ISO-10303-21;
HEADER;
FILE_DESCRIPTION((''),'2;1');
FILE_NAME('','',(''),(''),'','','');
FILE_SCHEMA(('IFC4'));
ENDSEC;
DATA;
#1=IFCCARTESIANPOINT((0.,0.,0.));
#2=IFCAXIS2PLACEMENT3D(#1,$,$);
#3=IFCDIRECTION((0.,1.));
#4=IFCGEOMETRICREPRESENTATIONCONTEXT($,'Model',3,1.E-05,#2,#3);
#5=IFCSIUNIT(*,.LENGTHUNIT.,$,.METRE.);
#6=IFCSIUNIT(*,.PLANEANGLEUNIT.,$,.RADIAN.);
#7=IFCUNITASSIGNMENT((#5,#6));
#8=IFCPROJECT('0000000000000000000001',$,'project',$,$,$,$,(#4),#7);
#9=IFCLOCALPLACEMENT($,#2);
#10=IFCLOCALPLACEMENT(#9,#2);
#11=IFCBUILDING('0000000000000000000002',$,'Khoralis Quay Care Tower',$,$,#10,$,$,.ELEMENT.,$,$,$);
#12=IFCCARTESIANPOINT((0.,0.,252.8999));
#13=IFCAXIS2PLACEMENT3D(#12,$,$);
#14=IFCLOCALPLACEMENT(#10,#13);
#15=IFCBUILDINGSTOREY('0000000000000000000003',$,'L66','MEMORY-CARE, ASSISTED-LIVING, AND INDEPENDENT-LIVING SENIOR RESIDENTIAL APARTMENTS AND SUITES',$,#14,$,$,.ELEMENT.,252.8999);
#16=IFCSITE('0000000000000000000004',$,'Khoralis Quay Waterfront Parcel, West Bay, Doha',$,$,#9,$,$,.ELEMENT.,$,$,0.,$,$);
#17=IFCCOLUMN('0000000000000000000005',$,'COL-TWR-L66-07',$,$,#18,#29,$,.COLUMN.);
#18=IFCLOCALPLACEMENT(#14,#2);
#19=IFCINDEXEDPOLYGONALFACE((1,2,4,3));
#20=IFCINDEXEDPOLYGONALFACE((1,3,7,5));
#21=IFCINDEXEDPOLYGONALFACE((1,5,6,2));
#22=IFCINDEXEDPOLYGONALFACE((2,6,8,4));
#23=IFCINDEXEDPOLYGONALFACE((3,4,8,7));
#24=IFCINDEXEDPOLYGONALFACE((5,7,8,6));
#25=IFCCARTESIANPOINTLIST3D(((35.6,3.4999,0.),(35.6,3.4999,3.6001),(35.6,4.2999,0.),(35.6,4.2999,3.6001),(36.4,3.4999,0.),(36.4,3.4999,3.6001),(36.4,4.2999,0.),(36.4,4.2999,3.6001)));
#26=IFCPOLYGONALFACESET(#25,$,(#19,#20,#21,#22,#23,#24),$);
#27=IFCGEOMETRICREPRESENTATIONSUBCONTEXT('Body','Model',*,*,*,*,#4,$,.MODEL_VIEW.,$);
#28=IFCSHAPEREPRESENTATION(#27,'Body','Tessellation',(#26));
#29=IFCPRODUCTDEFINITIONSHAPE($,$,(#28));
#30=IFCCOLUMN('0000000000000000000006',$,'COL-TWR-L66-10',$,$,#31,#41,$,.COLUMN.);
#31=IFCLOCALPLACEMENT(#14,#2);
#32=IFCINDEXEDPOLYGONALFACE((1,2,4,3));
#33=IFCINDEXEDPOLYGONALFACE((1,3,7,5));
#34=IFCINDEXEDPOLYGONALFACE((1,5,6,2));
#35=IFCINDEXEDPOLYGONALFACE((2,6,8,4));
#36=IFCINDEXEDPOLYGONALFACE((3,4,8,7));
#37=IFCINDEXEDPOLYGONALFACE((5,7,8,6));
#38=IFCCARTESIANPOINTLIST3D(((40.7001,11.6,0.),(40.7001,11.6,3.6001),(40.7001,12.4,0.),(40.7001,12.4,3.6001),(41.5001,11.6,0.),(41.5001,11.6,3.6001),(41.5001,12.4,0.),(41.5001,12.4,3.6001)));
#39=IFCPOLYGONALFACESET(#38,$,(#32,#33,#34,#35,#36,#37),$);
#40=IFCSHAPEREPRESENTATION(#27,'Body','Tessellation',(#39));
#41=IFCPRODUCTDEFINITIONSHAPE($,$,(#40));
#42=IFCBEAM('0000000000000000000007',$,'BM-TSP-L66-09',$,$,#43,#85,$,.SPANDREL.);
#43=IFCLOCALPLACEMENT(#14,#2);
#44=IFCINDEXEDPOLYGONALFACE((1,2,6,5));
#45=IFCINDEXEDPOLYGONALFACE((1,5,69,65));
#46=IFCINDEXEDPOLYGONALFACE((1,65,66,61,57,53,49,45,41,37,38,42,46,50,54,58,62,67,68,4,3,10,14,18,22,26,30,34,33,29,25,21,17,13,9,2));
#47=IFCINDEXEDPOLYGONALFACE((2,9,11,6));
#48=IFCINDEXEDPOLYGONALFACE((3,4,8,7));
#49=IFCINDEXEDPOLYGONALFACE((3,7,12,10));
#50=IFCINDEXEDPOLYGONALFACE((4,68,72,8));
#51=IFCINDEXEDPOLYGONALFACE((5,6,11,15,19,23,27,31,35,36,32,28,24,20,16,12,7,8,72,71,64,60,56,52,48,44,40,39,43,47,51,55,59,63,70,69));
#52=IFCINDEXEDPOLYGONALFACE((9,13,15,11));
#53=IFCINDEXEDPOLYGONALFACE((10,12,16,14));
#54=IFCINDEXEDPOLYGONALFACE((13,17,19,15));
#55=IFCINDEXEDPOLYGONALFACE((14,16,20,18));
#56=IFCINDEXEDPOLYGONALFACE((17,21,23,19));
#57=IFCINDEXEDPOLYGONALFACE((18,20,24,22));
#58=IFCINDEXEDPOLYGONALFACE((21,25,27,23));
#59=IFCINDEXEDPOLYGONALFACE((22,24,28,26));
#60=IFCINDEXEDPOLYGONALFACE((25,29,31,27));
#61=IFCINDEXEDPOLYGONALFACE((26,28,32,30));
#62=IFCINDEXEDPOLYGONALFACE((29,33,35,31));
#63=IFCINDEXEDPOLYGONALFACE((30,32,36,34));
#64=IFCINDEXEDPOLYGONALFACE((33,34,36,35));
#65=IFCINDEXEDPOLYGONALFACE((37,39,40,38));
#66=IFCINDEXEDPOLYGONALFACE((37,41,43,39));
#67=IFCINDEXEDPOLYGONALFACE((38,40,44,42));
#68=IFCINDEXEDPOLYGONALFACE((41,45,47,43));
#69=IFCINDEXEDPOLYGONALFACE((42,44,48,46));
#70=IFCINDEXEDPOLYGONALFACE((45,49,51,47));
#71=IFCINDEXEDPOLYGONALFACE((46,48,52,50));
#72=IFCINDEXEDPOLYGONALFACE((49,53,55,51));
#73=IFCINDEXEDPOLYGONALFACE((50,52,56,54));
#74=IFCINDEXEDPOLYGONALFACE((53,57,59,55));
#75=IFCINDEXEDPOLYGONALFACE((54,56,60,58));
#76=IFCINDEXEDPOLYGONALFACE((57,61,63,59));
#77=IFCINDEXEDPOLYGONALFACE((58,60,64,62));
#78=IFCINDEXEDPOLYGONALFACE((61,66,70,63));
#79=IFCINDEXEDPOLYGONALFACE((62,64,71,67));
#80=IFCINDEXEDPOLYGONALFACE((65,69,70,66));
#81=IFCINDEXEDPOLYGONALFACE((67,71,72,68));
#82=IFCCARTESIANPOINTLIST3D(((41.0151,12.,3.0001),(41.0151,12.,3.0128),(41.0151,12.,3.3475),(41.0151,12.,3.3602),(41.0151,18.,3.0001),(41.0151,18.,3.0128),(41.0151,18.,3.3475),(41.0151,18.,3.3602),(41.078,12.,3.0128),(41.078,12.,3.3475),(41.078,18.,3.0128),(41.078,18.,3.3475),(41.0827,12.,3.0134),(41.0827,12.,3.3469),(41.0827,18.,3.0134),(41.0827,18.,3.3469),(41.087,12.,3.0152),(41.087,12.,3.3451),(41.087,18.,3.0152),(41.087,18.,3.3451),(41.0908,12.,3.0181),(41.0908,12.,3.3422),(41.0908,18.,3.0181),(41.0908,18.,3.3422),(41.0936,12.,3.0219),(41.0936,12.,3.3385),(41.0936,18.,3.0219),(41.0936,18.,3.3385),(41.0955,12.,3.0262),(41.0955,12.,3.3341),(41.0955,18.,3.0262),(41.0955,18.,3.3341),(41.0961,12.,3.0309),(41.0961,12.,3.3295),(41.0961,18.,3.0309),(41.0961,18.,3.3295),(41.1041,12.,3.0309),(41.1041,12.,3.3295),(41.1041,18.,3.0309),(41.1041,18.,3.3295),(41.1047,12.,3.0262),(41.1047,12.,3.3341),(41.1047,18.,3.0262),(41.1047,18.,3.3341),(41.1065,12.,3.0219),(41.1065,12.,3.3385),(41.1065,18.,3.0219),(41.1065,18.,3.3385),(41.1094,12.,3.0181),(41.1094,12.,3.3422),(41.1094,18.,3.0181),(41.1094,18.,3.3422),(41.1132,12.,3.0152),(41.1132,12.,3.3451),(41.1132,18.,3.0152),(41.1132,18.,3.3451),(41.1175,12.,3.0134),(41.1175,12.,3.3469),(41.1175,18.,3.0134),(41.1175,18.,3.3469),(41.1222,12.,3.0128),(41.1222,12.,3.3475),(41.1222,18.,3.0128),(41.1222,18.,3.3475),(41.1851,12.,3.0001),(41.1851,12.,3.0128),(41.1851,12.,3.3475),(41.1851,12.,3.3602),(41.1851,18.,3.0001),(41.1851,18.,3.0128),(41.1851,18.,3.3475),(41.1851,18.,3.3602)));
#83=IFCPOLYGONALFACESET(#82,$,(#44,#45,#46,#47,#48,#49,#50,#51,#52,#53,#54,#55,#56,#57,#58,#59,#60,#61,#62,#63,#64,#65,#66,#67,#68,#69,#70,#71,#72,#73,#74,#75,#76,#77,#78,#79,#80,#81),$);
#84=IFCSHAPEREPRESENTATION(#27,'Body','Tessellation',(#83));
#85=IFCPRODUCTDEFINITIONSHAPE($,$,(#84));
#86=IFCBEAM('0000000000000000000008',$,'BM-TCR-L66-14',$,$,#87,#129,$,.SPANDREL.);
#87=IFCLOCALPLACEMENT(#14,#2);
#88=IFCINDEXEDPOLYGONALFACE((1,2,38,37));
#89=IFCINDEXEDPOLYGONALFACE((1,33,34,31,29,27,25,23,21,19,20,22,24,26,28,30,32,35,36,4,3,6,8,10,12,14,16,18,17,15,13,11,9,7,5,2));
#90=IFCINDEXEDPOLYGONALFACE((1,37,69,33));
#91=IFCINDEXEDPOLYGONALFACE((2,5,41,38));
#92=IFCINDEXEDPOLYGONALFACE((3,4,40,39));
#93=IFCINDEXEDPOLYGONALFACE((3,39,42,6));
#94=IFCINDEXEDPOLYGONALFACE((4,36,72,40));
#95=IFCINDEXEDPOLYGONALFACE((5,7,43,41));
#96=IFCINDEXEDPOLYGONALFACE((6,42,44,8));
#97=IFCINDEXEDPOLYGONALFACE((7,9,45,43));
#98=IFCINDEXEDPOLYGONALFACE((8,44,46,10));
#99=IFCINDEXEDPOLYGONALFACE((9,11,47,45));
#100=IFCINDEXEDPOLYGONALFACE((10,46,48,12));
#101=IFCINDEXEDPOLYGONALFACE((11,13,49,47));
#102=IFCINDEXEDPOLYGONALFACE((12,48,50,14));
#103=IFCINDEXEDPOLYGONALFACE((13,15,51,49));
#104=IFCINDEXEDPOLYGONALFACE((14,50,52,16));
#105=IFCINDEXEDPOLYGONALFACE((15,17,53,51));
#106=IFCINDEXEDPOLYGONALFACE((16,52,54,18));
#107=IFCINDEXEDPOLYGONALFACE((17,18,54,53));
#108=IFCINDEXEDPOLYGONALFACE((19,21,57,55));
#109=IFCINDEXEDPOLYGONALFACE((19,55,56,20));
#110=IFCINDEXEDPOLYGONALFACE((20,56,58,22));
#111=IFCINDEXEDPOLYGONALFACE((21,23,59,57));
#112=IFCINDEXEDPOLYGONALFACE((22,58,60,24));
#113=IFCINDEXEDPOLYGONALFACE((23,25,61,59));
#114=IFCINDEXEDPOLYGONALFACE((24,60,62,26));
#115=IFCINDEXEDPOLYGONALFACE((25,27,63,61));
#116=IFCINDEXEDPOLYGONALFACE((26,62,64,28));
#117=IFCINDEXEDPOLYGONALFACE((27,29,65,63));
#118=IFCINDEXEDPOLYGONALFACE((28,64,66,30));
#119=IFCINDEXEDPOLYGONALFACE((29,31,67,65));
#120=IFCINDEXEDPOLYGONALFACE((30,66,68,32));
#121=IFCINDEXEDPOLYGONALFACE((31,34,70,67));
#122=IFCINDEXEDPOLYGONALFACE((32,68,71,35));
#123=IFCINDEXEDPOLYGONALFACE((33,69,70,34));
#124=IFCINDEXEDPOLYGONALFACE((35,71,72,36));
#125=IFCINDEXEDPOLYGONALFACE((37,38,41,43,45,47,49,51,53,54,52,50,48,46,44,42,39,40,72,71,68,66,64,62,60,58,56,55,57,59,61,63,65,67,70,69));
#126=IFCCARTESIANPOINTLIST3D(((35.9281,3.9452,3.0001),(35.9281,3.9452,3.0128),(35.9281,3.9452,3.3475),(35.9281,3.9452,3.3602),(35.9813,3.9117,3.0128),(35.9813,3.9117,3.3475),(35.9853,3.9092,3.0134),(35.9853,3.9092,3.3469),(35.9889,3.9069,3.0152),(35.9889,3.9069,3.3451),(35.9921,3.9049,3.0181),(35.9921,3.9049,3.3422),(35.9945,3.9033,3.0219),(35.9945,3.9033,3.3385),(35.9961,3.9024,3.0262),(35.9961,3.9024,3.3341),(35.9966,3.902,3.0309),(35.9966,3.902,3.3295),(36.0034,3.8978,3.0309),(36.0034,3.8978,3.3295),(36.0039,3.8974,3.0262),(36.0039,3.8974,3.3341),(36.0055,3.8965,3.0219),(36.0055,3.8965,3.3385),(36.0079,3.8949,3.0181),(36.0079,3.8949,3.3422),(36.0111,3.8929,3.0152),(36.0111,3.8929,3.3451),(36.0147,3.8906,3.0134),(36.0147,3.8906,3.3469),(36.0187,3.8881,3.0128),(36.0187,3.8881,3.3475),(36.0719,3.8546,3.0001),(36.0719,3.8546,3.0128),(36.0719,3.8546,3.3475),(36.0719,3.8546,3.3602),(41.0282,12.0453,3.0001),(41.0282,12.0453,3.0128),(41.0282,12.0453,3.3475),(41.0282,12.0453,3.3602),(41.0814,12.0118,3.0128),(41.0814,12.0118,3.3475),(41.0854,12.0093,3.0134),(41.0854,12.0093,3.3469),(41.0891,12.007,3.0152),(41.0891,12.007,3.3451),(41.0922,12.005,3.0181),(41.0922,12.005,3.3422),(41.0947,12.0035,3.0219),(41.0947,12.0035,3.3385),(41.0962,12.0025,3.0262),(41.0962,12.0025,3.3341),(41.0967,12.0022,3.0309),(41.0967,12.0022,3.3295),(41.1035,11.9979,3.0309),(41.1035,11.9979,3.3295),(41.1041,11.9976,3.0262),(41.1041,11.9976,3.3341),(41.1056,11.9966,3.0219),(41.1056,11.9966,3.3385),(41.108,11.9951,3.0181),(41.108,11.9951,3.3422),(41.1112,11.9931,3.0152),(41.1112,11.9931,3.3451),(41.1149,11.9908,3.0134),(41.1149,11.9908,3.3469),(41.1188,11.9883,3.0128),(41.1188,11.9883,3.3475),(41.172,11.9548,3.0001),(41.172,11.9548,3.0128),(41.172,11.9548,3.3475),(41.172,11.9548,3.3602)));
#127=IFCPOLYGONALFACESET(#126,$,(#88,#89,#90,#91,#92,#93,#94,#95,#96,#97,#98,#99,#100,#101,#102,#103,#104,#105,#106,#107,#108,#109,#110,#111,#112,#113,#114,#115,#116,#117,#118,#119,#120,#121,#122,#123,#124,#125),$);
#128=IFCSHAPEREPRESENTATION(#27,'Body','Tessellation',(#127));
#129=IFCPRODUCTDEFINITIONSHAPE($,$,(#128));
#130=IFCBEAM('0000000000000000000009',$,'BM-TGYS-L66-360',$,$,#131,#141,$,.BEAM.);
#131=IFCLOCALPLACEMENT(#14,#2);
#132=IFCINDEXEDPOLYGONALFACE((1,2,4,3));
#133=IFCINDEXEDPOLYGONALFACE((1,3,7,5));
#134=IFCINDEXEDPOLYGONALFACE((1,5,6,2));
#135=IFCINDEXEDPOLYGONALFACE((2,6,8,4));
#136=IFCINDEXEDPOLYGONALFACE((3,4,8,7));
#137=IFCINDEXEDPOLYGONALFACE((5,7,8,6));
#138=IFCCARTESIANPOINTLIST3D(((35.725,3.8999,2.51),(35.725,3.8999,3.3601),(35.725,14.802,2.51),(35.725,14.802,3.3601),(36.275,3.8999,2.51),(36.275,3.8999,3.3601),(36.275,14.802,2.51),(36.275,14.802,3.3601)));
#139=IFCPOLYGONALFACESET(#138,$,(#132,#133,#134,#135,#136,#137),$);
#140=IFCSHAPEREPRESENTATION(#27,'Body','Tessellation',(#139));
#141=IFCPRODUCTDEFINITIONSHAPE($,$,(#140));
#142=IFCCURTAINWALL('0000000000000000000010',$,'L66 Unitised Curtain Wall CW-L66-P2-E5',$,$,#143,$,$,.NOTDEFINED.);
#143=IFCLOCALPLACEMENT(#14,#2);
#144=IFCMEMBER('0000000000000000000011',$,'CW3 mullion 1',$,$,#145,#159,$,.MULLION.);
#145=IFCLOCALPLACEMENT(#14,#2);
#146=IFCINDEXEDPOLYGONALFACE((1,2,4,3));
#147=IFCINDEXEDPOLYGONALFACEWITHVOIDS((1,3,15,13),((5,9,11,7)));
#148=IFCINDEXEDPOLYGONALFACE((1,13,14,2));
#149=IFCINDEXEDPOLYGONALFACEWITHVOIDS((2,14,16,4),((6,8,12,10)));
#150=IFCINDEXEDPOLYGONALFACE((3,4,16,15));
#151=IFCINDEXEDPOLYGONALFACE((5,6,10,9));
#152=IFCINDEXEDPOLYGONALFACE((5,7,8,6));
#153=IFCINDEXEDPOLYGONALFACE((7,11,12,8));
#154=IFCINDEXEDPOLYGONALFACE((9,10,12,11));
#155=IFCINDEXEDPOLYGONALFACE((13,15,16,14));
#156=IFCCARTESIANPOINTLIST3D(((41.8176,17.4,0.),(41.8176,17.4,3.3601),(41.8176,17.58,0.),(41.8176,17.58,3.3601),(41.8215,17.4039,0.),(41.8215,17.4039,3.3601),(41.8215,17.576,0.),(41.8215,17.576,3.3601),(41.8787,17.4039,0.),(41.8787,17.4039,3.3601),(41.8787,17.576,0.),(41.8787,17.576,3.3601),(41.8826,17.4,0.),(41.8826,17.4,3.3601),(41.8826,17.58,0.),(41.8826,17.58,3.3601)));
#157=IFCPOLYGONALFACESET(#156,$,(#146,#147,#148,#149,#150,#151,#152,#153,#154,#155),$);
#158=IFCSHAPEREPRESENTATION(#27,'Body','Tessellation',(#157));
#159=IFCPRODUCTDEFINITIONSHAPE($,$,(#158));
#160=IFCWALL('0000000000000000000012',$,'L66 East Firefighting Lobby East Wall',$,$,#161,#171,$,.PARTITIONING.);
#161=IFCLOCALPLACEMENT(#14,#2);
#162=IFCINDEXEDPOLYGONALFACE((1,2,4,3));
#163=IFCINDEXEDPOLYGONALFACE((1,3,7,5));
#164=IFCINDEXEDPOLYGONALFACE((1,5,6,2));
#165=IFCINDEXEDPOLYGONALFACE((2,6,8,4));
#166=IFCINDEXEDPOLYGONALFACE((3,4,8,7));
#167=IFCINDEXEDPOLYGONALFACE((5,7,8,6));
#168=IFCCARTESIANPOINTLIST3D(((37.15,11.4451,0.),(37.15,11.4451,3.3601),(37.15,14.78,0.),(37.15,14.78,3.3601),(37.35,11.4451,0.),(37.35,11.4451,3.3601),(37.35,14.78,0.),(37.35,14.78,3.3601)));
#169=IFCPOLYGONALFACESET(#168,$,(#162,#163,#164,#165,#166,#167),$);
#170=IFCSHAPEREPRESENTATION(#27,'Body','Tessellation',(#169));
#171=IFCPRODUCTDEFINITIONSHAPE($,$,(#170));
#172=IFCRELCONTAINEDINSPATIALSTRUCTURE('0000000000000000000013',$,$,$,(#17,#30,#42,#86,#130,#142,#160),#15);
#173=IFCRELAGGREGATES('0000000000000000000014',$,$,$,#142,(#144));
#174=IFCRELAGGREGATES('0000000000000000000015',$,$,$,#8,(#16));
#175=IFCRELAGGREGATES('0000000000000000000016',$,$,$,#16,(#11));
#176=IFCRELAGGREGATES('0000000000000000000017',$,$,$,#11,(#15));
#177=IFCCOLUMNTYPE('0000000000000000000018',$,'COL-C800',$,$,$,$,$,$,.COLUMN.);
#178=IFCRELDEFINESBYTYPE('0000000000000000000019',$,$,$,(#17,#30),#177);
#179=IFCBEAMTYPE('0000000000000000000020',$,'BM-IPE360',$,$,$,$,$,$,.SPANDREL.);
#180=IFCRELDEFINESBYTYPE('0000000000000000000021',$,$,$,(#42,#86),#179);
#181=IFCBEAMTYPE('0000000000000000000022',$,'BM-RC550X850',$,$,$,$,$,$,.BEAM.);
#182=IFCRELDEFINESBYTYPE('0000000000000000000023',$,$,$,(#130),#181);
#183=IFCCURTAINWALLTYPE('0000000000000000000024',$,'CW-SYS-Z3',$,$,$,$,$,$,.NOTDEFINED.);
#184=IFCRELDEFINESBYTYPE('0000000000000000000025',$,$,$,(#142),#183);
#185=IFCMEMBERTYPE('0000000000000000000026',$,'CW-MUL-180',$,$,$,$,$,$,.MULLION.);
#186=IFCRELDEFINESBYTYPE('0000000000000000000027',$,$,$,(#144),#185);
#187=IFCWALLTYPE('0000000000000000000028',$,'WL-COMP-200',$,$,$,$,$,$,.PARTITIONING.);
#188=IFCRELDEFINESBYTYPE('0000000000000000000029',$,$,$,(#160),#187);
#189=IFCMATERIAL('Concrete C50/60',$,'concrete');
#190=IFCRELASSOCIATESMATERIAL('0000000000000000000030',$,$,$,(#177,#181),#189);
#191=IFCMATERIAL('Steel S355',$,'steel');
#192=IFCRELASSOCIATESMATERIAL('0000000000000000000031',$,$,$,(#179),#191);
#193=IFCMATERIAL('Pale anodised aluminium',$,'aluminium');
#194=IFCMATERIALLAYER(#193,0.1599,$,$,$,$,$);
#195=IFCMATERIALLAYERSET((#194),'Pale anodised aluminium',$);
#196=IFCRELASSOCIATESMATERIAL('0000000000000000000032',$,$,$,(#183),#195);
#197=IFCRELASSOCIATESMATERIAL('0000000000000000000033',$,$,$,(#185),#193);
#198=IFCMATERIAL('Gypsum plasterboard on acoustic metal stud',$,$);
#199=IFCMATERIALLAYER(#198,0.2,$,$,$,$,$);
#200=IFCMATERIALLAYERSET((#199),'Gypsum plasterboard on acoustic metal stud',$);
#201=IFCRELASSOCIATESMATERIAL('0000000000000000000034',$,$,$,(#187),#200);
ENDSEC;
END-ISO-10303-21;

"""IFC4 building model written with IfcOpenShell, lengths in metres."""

from ifc_helpers import new_model, si_unit, direction, frame, frame_2d, origin, origin_2d, place, context, subcontext, project, spatial, rectangle, hollow_rectangle, i_section, extrude, source, transform, mapped, material, layer, layer_set, material_profile, profile_set, type_object, element, aggregate, save


model = new_model("IFC4")

# Units and contexts
model_context = context("Model", 3, precision=1e-05, world=origin(), true_north=direction((0.0, 1.0)))
body_context = subcontext(model_context, "Body", "Model", "MODEL_VIEW")
ifc_project = project(units=[si_unit("LENGTHUNIT", "METRE"), si_unit("PLANEANGLEUNIT", "RADIAN")], contexts=[model_context])

# Site, building, storey
site_placement = place(None, origin())
site = spatial("IfcSite", under=ifc_project, at=site_placement, Name="Khoralis Quay Waterfront Parcel, West Bay, Doha", CompositionType="ELEMENT", RefElevation=0.0)
building_placement = place(site_placement, origin())
building = spatial("IfcBuilding", under=site, at=building_placement, Name="Khoralis Quay Care Tower", CompositionType="ELEMENT")
storey_placement = place(building_placement, frame((0.0, 0.0, 252.8999)))
storey = spatial("IfcBuildingStorey", under=building, at=storey_placement, Name="L66", Description="MEMORY-CARE, ASSISTED-LIVING, AND INDEPENDENT-LIVING SENIOR RESIDENTIAL APARTMENTS AND SUITES", CompositionType="ELEMENT", Elevation=252.8999)

# Columns
ifc_material_1 = material(Name="Concrete C50/60", Category="concrete")
ifc_material_profile_1 = material_profile(ifc_material_1, rectangle(XDim=0.8, YDim=0.8, at=origin_2d()), Name="Concrete C50/60")
ifc_profile_set_1 = profile_set([ifc_material_profile_1], Name="Concrete C50/60")
column_type = type_object("IfcColumnType", Name="COL-C800", PredefinedType="COLUMN", material=ifc_profile_set_1)
shared_shape_1 = source(origin(), body_context, "Body", "SweptSolid", [
    extrude(rectangle(XDim=0.8, YDim=0.8, at=origin_2d()), origin(), (0.0, 0.0, 1.0), 3.6001),
])
for number, where, z_axis, x_axis, name in (
    (1, (36.0, 3.8999, 0.0), (0.0, 0.0, 1.0), (1.0, 0.0, 0.0), "COL-TWR-L66-07"),
    (2, (41.1001, 12.0, 0.0), (0.0, 0.0, 1.0), (1.0, 0.0, 0.0), "COL-TWR-L66-10"),
):
    element("IfcColumn", number, at=place(storey_placement, frame(where, z_axis=z_axis, x_axis=x_axis)), inside=storey, type_object=column_type, Name=name, PredefinedType="COLUMN", context=body_context, shape_type="MappedRepresentation", body=[
        mapped(shared_shape_1, transform((0.0, 0.0, 0.0), scale=1.0)),
    ])

# Beams
ifc_material_2 = material(Name="Steel S355", Category="steel")
ifc_material_profile_2 = material_profile(ifc_material_2, i_section(OverallWidth=0.1699, OverallDepth=0.3601, WebThickness=0.0081, FlangeThickness=0.0127, FilletRadius=0.0181, at=origin_2d()), Name="Steel S355")
ifc_profile_set_2 = profile_set([ifc_material_profile_2], Name="Steel S355")
beam_type_1 = type_object("IfcBeamType", Name="BM-IPE360", PredefinedType="SPANDREL", material=ifc_profile_set_2)
shared_shape_2 = source(origin(), body_context, "Body", "SweptSolid", [
    extrude(i_section(OverallWidth=0.1699, OverallDepth=0.3601, WebThickness=0.0081, FlangeThickness=0.0127, FilletRadius=0.0181, at=origin_2d()), origin(), (0.0, 0.0, 1.0), 6.0),
])
beam_1_placement = place(storey_placement, frame((41.1001, 12.0, 3.1802), z_axis=(0.0, 1.0, 0.0), x_axis=(-1.0, 0.0, 0.0)))
element("IfcBeam", 3, at=beam_1_placement, inside=storey, type_object=beam_type_1, Name="BM-TSP-L66-09", PredefinedType="SPANDREL", context=body_context, shape_type="MappedRepresentation", body=[
    mapped(shared_shape_2, transform((0.0, 0.0, 0.0), scale=1.0)),
])
shared_shape_3 = source(origin(), body_context, "Body", "SweptSolid", [
    extrude(i_section(OverallWidth=0.1699, OverallDepth=0.3601, WebThickness=0.0081, FlangeThickness=0.0127, FilletRadius=0.0181, at=origin_2d()), origin(), (0.0, 0.0, 1.0), 9.572),
])
beam_2_placement = place(storey_placement, frame((36.0, 3.8999, 3.1802), z_axis=(0.532816, 0.846231, 0.0), x_axis=(-0.846231, 0.532816, 0.0)))
element("IfcBeam", 4, at=beam_2_placement, inside=storey, type_object=beam_type_1, Name="BM-TCR-L66-14", PredefinedType="SPANDREL", context=body_context, shape_type="MappedRepresentation", body=[
    mapped(shared_shape_3, transform((0.0, 0.0, 0.0), scale=1.0)),
])
ifc_material_profile_3 = material_profile(ifc_material_1, rectangle(XDim=0.55, YDim=0.8501, at=origin_2d()), Name="Concrete C50/60")
ifc_profile_set_3 = profile_set([ifc_material_profile_3], Name="Concrete C50/60")
beam_type_2 = type_object("IfcBeamType", Name="BM-RC550X850", PredefinedType="BEAM", material=ifc_profile_set_3)
shared_shape_4 = source(origin(), body_context, "Body", "SweptSolid", [
    extrude(rectangle(XDim=0.55, YDim=0.8501, at=origin_2d()), origin(), (0.0, 0.0, 1.0), 10.9021),
])
beam_3_placement = place(storey_placement, frame((36.0, 3.8999, 2.9351), z_axis=(0.0, 1.0, 0.0), x_axis=(-1.0, 0.0, 0.0)))
element("IfcBeam", 5, at=beam_3_placement, inside=storey, type_object=beam_type_2, Name="BM-TGYS-L66-360", PredefinedType="BEAM", context=body_context, shape_type="MappedRepresentation", body=[
    mapped(shared_shape_4, transform((0.0, 0.0, 0.0), scale=1.0)),
])

# Curtain wall, member
ifc_material_3 = material(Name="Pale anodised aluminium", Category="aluminium")
ifc_layer_1 = layer(ifc_material_3, 0.1599)
ifc_layer_set_1 = layer_set([ifc_layer_1], Name="Pale anodised aluminium")
curtain_wall_type = type_object("IfcCurtainWallType", Name="CW-SYS-Z3", PredefinedType="NOTDEFINED", material=ifc_layer_set_1)
curtain_wall_placement = place(storey_placement, origin())
curtain_wall = element("IfcCurtainWall", 6, at=curtain_wall_placement, inside=storey, type_object=curtain_wall_type, Name="L66 Unitised Curtain Wall CW-L66-P2-E5", PredefinedType="NOTDEFINED")
ifc_material_profile_4 = material_profile(ifc_material_3, hollow_rectangle(XDim=0.0649, YDim=0.1799, WallThickness=0.0039, at=origin_2d()), Name="Pale anodised aluminium")
ifc_profile_set_4 = profile_set([ifc_material_profile_4], Name="Pale anodised aluminium")
member_type = type_object("IfcMemberType", Name="CW-MUL-180", PredefinedType="MULLION", material=ifc_profile_set_4)
shared_shape_5 = source(origin(), body_context, "Body", "SweptSolid", [
    extrude(hollow_rectangle(XDim=0.0649, YDim=0.1799, WallThickness=0.0039, at=origin_2d()), origin(), (0.0, 0.0, 1.0), 3.3601),
])
member_placement = place(storey_placement, frame((41.8501, 17.49, 0.0), z_axis=(0.0, 0.0, 1.0), x_axis=(-1.0, 0.0, 0.0)))
member = element("IfcMember", 7, at=member_placement, type_object=member_type, Name="CW3 mullion 1", PredefinedType="MULLION", context=body_context, shape_type="MappedRepresentation", body=[
    mapped(shared_shape_5, transform((0.0, 0.0, 0.0), scale=1.0)),
])
aggregate(curtain_wall, [member])

# Wall
ifc_material_4 = material(Name="Gypsum plasterboard on acoustic metal stud")
ifc_layer_2 = layer(ifc_material_4, 0.2)
ifc_layer_set_2 = layer_set([ifc_layer_2], Name="Gypsum plasterboard on acoustic metal stud")
wall_type_1 = type_object("IfcWallType", Name="WL-COMP-200", PredefinedType="PARTITIONING", material=ifc_layer_set_2)
wall_1_placement = place(storey_placement, frame((37.25, 11.4451, 0.0), z_axis=(0.0, 0.0, 1.0), x_axis=(0.0, 1.0, 0.0)))
element("IfcWall", 8, at=wall_1_placement, inside=storey, type_object=wall_type_1, Name="L66 East Firefighting Lobby East Wall", PredefinedType="PARTITIONING", context=body_context, shape_type="SweptSolid", body=[
    extrude(rectangle(XDim=3.335, YDim=0.2, at=frame_2d((1.6675, 0.0))), origin(), (0.0, 0.0, 1.0), 3.3601),
])

save(model, "model.ifc")
